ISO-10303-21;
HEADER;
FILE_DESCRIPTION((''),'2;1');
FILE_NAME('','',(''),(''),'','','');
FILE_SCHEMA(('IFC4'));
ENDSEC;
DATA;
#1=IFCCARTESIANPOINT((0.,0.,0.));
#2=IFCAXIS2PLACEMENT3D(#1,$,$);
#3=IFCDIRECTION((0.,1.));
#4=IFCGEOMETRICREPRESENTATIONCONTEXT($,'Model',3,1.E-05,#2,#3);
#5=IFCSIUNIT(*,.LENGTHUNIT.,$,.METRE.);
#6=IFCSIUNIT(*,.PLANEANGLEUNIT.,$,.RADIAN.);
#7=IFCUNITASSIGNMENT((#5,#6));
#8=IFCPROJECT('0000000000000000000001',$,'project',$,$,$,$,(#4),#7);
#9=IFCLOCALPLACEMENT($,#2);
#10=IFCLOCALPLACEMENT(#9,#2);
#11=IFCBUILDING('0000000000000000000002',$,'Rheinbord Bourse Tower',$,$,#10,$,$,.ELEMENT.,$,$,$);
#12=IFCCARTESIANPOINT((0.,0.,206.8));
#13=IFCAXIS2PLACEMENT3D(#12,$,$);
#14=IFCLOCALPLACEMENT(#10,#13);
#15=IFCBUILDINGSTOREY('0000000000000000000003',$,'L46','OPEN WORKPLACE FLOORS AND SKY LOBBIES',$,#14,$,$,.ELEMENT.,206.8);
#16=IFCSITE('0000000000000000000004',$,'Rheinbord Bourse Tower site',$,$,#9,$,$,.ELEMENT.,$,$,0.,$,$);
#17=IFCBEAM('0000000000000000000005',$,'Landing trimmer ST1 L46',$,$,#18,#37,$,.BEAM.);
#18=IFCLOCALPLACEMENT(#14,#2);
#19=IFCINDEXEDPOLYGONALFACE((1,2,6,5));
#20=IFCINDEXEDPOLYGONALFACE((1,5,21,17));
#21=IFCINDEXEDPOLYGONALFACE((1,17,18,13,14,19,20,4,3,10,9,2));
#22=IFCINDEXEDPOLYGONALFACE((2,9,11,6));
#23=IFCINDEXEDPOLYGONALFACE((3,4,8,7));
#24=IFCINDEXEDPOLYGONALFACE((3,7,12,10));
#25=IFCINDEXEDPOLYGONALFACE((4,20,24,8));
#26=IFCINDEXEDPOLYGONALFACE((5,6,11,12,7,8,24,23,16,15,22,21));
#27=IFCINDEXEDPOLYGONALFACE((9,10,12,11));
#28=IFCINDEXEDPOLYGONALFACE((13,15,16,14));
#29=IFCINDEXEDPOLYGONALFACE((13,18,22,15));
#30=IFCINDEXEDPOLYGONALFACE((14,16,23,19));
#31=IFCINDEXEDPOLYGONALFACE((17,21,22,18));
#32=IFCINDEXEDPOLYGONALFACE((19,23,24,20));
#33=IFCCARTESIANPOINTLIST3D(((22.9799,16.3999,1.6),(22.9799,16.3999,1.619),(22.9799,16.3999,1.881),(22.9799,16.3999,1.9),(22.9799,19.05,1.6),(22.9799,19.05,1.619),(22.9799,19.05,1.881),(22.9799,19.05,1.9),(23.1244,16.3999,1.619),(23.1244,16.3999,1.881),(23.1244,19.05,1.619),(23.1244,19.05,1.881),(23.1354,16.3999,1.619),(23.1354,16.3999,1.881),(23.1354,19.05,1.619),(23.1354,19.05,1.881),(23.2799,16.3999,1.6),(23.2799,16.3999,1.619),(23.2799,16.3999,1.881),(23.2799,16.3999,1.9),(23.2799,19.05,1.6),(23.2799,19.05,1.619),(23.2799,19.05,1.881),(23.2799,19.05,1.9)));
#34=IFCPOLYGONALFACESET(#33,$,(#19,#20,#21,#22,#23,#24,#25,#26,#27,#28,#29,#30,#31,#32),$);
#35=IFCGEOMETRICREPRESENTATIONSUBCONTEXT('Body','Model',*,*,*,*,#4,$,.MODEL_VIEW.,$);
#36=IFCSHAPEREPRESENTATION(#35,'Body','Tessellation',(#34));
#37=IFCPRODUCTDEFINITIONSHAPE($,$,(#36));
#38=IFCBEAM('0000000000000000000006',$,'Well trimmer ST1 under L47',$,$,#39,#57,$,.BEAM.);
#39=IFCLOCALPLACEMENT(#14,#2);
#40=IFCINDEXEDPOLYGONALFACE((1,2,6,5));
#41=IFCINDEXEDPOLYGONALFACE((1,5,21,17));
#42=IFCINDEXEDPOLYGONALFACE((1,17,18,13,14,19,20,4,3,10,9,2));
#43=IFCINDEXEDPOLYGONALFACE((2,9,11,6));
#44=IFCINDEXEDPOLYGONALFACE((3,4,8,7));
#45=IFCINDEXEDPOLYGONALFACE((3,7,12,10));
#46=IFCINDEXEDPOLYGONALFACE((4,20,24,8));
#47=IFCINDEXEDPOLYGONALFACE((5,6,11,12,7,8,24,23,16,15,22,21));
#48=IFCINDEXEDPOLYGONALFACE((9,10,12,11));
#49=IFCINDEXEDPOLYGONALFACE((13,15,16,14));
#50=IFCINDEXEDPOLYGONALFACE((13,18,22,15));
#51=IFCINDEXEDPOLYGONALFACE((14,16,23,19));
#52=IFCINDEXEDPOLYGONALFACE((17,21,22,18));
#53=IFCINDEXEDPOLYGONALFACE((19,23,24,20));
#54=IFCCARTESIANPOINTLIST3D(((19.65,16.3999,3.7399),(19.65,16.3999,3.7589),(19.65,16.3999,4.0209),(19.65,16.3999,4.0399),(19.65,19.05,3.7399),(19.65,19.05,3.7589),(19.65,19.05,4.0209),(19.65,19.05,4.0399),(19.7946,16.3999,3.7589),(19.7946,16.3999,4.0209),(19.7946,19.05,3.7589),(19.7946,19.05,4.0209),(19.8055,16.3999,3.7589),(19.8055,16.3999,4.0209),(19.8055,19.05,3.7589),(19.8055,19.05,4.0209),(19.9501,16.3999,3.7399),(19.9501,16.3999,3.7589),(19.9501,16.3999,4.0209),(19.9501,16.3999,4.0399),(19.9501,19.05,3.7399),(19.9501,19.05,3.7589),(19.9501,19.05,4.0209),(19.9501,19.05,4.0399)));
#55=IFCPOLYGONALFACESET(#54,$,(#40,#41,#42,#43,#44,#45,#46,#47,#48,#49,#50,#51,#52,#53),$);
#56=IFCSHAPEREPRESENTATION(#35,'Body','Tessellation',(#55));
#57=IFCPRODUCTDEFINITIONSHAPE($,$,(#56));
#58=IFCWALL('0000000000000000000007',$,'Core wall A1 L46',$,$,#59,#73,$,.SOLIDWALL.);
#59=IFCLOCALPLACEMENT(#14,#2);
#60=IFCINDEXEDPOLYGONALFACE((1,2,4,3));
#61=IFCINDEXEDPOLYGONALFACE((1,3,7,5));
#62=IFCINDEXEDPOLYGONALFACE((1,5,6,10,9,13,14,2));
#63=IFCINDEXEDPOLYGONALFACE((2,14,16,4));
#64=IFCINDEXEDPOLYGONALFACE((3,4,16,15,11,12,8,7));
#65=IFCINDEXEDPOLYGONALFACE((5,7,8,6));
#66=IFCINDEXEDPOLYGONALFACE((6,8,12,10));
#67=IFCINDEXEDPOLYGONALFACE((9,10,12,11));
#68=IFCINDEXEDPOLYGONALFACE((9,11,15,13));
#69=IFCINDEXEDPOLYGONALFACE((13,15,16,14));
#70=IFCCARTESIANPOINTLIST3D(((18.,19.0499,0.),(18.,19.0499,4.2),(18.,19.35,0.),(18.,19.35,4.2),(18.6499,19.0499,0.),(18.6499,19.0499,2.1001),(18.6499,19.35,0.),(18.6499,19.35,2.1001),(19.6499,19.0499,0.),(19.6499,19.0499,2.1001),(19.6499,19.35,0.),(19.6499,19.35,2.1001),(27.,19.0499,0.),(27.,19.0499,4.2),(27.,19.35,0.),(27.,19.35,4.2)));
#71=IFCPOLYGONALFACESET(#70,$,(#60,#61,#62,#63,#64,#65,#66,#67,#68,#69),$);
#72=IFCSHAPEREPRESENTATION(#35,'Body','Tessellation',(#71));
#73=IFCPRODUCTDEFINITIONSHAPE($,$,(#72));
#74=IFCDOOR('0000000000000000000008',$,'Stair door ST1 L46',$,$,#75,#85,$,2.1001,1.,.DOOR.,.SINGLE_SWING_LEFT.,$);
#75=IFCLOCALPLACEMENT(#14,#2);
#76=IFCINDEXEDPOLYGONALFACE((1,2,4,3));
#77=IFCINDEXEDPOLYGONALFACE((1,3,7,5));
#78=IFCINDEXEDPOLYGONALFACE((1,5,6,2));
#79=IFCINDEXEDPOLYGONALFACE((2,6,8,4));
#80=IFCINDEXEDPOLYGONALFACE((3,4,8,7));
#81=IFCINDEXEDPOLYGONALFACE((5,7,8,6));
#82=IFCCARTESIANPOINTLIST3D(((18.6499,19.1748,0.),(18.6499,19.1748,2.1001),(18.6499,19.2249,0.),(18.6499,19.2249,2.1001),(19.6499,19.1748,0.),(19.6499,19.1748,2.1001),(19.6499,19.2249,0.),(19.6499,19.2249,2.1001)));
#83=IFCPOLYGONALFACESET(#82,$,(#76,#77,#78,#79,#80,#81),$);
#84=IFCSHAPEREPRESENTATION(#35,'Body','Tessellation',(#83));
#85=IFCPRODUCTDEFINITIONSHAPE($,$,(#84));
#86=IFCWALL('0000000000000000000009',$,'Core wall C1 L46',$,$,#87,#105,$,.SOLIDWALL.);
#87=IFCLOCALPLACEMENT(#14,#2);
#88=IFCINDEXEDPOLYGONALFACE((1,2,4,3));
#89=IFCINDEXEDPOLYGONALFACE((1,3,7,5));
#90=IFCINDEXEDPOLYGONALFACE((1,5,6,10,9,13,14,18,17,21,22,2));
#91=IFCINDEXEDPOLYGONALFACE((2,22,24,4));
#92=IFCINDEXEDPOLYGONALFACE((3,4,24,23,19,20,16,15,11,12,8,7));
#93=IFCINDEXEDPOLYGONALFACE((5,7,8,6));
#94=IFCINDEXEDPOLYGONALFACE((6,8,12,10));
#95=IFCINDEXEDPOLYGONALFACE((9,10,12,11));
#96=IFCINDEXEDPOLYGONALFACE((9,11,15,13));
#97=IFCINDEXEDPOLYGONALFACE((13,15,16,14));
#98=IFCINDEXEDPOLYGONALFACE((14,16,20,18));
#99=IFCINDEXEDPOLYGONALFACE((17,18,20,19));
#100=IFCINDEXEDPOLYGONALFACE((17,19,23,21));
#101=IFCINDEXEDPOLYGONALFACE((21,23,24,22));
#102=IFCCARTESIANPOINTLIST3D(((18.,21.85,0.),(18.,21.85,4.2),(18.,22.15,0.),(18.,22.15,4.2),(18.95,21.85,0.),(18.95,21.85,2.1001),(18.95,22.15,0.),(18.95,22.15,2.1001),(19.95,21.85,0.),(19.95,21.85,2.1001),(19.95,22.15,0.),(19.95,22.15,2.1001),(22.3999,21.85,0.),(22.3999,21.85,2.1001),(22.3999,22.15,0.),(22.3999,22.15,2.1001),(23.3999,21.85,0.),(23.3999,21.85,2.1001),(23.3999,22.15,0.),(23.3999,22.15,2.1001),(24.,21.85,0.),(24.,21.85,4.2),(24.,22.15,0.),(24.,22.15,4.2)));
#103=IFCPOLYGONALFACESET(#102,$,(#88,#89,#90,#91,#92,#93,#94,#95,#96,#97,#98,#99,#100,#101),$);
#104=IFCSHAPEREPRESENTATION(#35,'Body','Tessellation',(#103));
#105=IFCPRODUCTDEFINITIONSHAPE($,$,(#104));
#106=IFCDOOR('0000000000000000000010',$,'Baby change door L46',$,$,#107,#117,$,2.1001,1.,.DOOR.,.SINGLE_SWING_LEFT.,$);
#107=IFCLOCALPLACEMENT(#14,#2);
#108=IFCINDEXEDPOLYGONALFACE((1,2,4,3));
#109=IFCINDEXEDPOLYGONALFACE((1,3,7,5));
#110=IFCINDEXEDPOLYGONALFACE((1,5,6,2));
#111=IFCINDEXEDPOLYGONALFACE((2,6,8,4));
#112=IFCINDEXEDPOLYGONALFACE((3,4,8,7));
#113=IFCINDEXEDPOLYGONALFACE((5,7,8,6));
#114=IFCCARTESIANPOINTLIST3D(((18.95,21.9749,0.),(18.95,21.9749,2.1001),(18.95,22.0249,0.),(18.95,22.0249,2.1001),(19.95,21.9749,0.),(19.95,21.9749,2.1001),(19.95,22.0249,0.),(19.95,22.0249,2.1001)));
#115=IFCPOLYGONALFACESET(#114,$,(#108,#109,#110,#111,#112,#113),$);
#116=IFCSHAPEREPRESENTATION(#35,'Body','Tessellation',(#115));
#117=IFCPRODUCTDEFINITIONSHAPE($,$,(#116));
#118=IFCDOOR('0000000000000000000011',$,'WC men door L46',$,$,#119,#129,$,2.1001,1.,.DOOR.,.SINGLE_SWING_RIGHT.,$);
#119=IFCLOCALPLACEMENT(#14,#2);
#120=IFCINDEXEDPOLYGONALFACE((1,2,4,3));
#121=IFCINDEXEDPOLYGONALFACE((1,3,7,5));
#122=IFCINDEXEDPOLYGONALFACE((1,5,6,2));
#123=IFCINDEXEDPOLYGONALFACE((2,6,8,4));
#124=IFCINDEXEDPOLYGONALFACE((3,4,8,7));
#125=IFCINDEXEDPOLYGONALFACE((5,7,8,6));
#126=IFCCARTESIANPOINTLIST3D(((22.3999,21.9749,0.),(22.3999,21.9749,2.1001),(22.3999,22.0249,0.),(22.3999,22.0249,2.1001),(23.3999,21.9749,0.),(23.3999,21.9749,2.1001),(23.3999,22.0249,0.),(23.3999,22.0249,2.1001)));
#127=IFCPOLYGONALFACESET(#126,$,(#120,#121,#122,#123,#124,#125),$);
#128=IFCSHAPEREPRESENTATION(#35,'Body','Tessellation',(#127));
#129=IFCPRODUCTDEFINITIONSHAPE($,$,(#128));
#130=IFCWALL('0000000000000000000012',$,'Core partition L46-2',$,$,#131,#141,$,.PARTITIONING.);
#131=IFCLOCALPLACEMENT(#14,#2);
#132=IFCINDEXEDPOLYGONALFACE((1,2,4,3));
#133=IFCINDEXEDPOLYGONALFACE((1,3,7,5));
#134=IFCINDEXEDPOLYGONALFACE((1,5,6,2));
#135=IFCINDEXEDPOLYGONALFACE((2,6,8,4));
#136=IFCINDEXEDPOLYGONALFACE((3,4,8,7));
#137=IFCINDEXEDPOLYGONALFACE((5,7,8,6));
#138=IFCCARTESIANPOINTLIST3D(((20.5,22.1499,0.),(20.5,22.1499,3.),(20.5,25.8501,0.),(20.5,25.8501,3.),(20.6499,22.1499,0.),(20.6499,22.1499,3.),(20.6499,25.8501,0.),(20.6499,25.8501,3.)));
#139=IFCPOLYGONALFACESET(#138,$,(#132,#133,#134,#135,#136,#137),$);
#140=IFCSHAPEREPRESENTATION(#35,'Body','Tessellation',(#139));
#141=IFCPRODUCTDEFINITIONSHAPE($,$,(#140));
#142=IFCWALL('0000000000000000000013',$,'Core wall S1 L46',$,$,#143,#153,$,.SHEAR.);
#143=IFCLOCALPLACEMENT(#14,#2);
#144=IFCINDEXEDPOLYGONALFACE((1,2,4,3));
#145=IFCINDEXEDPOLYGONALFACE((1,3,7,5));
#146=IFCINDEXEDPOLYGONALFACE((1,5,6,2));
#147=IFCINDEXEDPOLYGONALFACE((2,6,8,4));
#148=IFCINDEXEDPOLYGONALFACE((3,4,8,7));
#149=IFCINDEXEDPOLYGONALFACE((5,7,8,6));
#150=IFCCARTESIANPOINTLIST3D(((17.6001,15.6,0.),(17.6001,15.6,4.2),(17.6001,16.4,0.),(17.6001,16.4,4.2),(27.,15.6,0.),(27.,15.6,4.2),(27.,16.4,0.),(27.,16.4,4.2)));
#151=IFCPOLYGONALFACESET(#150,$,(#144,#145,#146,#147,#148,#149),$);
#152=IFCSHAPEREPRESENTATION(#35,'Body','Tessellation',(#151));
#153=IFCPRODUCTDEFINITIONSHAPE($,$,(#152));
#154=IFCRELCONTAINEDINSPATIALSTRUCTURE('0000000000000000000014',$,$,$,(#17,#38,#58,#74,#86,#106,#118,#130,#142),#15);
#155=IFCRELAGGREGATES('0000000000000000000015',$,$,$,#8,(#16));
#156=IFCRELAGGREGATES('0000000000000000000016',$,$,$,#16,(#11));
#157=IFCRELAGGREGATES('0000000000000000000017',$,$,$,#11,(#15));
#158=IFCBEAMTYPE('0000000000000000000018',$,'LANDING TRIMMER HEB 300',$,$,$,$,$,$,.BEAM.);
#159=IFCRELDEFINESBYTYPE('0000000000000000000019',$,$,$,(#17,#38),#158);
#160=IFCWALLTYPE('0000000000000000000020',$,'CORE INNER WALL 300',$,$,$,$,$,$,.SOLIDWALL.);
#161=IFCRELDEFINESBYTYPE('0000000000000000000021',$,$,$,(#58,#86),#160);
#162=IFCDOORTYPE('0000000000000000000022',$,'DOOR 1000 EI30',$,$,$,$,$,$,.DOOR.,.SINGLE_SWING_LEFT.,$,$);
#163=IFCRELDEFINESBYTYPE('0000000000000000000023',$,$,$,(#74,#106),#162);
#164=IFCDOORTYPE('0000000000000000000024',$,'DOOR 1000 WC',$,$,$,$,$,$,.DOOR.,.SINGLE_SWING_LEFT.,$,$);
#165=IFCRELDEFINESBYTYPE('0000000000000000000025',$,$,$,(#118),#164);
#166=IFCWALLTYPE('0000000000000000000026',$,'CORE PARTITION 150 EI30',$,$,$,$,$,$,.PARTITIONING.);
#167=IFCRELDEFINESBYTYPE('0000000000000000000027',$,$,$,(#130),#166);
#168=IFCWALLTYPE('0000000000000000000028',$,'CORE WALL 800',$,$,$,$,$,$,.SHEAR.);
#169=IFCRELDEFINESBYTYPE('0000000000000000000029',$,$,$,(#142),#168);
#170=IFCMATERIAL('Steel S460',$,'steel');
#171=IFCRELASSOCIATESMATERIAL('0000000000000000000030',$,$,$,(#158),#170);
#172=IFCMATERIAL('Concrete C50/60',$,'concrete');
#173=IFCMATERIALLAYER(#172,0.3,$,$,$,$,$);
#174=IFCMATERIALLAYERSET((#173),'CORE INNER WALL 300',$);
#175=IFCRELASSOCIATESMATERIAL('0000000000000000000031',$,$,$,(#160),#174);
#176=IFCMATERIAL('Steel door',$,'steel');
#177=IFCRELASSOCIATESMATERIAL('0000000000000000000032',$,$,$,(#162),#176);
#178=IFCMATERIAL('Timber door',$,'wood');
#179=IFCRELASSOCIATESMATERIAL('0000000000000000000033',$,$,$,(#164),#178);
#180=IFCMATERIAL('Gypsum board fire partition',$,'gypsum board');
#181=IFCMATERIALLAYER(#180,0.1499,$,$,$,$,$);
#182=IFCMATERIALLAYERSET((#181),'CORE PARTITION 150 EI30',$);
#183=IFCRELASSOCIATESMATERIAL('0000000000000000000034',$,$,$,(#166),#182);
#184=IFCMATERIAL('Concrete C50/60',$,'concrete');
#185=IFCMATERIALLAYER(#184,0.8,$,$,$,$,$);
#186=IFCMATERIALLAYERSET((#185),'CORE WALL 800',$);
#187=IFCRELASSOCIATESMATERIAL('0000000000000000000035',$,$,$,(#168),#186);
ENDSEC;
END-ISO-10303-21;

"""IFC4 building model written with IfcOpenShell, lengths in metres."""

from ifc_helpers import new_model, si_unit, direction, frame, frame_2d, origin, origin_2d, place, context, subcontext, project, spatial, rectangle, i_section, extrude, material, layer, layer_set, material_profile, profile_set, type_object, element, fill, save


model = new_model("IFC4")

# Units and contexts
model_context = context("Model", 3, precision=1e-05, world=origin(), true_north=direction((0.0, 1.0)))
body_context = subcontext(model_context, "Body", "Model", "MODEL_VIEW")
ifc_project = project(units=[si_unit("LENGTHUNIT", "METRE"), si_unit("PLANEANGLEUNIT", "RADIAN")], contexts=[model_context])

# Site, building, storey
site_placement = place(None, origin())
site = spatial("IfcSite", under=ifc_project, at=site_placement, Name="Rheinbord Bourse Tower site", CompositionType="ELEMENT", RefElevation=0.0)
building_placement = place(site_placement, origin())
building = spatial("IfcBuilding", under=site, at=building_placement, Name="Rheinbord Bourse Tower", CompositionType="ELEMENT")
storey_placement = place(building_placement, frame((0.0, 0.0, 206.8)))
storey = spatial("IfcBuildingStorey", under=building, at=storey_placement, Name="L46", Description="OPEN WORKPLACE FLOORS AND SKY LOBBIES", CompositionType="ELEMENT", Elevation=206.8)

# Beams
ifc_material_1 = material(Name="Steel S460", Category="steel")
ifc_material_profile = material_profile(ifc_material_1, i_section(OverallWidth=0.3, OverallDepth=0.3, WebThickness=0.011, FlangeThickness=0.019, at=origin_2d()), Name="HEB 300")
ifc_profile_set = profile_set([ifc_material_profile], Name="Steel S460")
beam_type = type_object("IfcBeamType", Name="LANDING TRIMMER HEB 300", PredefinedType="BEAM", material=ifc_profile_set)
for number, where, z_axis, x_axis, name in (
    (1, (23.1299, 16.3999, 1.75), (0.0, 1.0, 0.0), (-1.0, 0.0, 0.0), "Landing trimmer ST1 L46"),
    (2, (19.8, 16.3999, 3.8899), (0.0, 1.0, 0.0), (-1.0, 0.0, 0.0), "Well trimmer ST1 under L47"),
):
    element("IfcBeam", number, at=place(storey_placement, frame(where, z_axis=z_axis, x_axis=x_axis)), inside=storey, type_object=beam_type, Name=name, PredefinedType="BEAM", context=body_context, shape_type="SweptSolid", body=[
        extrude(i_section(OverallWidth=0.3, OverallDepth=0.3, WebThickness=0.011, FlangeThickness=0.019, at=origin_2d()), origin(), (0.0, 0.0, 1.0), 2.6501),
    ])

# Wall, opening, door
ifc_material_2 = material(Name="Concrete C50/60", Category="concrete")
ifc_layer_1 = layer(ifc_material_2, 0.3)
ifc_layer_set_1 = layer_set([ifc_layer_1], Name="CORE INNER WALL 300")
wall_type_1 = type_object("IfcWallType", Name="CORE INNER WALL 300", PredefinedType="SOLIDWALL", material=ifc_layer_set_1)
wall_1_placement = place(storey_placement, frame((18.0, 19.2, 0.0), z_axis=(0.0, 0.0, 1.0), x_axis=(1.0, 0.0, 0.0)))
wall_1 = element("IfcWall", 3, at=wall_1_placement, inside=storey, type_object=wall_type_1, Name="Core wall A1 L46", PredefinedType="SOLIDWALL", context=body_context, shape_type="SweptSolid", body=[
    extrude(rectangle(XDim=9.0, YDim=0.3, at=frame_2d((4.5, 0.0))), origin(), (0.0, 0.0, 1.0), 4.2),
])
opening_1_placement = place(wall_1_placement, frame((0.6499, 0.0, 0.0)))
opening_1 = element("IfcOpeningElement", 4, at=opening_1_placement, cuts=wall_1, PredefinedType="OPENING", context=body_context, shape_type="SweptSolid", body=[
    extrude(rectangle(XDim=1.0, YDim=2.1001, at=frame_2d((0.5, 1.05))), frame((0.0, 0.1599, 0.0), z_axis=(0.0, -1.0, 0.0), x_axis=(1.0, 0.0, 0.0)), (0.0, 0.0, 1.0), 0.3201),
])
ifc_material_3 = material(Name="Steel door", Category="steel")
door_type_1 = type_object("IfcDoorType", Name="DOOR 1000 EI30", OperationType="SINGLE_SWING_LEFT", PredefinedType="DOOR", material=ifc_material_3)
door_1_placement = place(opening_1_placement, origin())
door_1 = element("IfcDoor", 5, at=door_1_placement, inside=storey, type_object=door_type_1, Name="Stair door ST1 L46", OperationType="SINGLE_SWING_LEFT", OverallHeight=2.1001, OverallWidth=1.0, PredefinedType="DOOR", context=body_context, shape_type="SweptSolid", body=[
    extrude(rectangle(XDim=1.0, YDim=2.1001, at=frame_2d((0.5, 1.05))), frame((0.0, 0.0249, 0.0), z_axis=(0.0, -1.0, 0.0), x_axis=(1.0, 0.0, 0.0)), (0.0, 0.0, 1.0), 0.05),
])
fill(opening_1, door_1)

# Wall, openings, doors
wall_2_placement = place(storey_placement, frame((18.0, 22.0, 0.0), z_axis=(0.0, 0.0, 1.0), x_axis=(1.0, 0.0, 0.0)))
wall_2 = element("IfcWall", 6, at=wall_2_placement, inside=storey, type_object=wall_type_1, Name="Core wall C1 L46", PredefinedType="SOLIDWALL", context=body_context, shape_type="SweptSolid", body=[
    extrude(rectangle(XDim=6.0, YDim=0.3, at=frame_2d((3.0, 0.0))), origin(), (0.0, 0.0, 1.0), 4.2),
])
opening_2_placement = place(wall_2_placement, frame((4.3999, 0.0, 0.0)))
opening_2 = element("IfcOpeningElement", 7, at=opening_2_placement, cuts=wall_2, PredefinedType="OPENING", context=body_context, shape_type="SweptSolid", body=[
    extrude(rectangle(XDim=1.0, YDim=2.1001, at=frame_2d((0.5, 1.05))), frame((0.0, 0.1599, 0.0), z_axis=(0.0, -1.0, 0.0), x_axis=(1.0, 0.0, 0.0)), (0.0, 0.0, 1.0), 0.3201),
])
opening_3_placement = place(wall_2_placement, frame((0.95, 0.0, 0.0)))
opening_3 = element("IfcOpeningElement", 8, at=opening_3_placement, cuts=wall_2, PredefinedType="OPENING", context=body_context, shape_type="SweptSolid", body=[
    extrude(rectangle(XDim=1.0, YDim=2.1001, at=frame_2d((0.5, 1.05))), frame((0.0, 0.1599, 0.0), z_axis=(0.0, -1.0, 0.0), x_axis=(1.0, 0.0, 0.0)), (0.0, 0.0, 1.0), 0.3201),
])
door_2_placement = place(opening_3_placement, origin())
door_2 = element("IfcDoor", 9, at=door_2_placement, inside=storey, type_object=door_type_1, Name="Baby change door L46", OperationType="SINGLE_SWING_LEFT", OverallHeight=2.1001, OverallWidth=1.0, PredefinedType="DOOR", context=body_context, shape_type="SweptSolid", body=[
    extrude(rectangle(XDim=1.0, YDim=2.1001, at=frame_2d((0.5, 1.05))), frame((0.0, 0.0249, 0.0), z_axis=(0.0, -1.0, 0.0), x_axis=(1.0, 0.0, 0.0)), (0.0, 0.0, 1.0), 0.05),
])
fill(opening_3, door_2)
ifc_material_4 = material(Name="Timber door", Category="wood")
door_type_2 = type_object("IfcDoorType", Name="DOOR 1000 WC", OperationType="SINGLE_SWING_LEFT", PredefinedType="DOOR", material=ifc_material_4)
door_3_placement = place(opening_2_placement, origin())
door_3 = element("IfcDoor", 10, at=door_3_placement, inside=storey, type_object=door_type_2, Name="WC men door L46", OperationType="SINGLE_SWING_RIGHT", OverallHeight=2.1001, OverallWidth=1.0, PredefinedType="DOOR", context=body_context, shape_type="SweptSolid", body=[
    extrude(rectangle(XDim=1.0, YDim=2.1001, at=frame_2d((0.5, 1.05))), frame((0.0, 0.0249, 0.0), z_axis=(0.0, -1.0, 0.0), x_axis=(1.0, 0.0, 0.0)), (0.0, 0.0, 1.0), 0.05),
])
fill(opening_2, door_3)

# Walls
ifc_material_5 = material(Name="Gypsum board fire partition", Category="gypsum board")
ifc_layer_2 = layer(ifc_material_5, 0.1499)
ifc_layer_set_2 = layer_set([ifc_layer_2], Name="CORE PARTITION 150 EI30")
wall_type_2 = type_object("IfcWallType", Name="CORE PARTITION 150 EI30", PredefinedType="PARTITIONING", material=ifc_layer_set_2)
wall_3_placement = place(storey_placement, frame((20.575, 22.1499, 0.0), z_axis=(0.0, 0.0, 1.0), x_axis=(0.0, 1.0, 0.0)))
element("IfcWall", 11, at=wall_3_placement, inside=storey, type_object=wall_type_2, Name="Core partition L46-2", PredefinedType="PARTITIONING", context=body_context, shape_type="SweptSolid", body=[
    extrude(rectangle(XDim=3.7002, YDim=0.1499, at=frame_2d((1.8501, 0.0))), origin(), (0.0, 0.0, 1.0), 3.0),
])
ifc_material_6 = material(Name="Concrete C50/60", Category="concrete")
ifc_layer_3 = layer(ifc_material_6, 0.8)
ifc_layer_set_3 = layer_set([ifc_layer_3], Name="CORE WALL 800")
wall_type_3 = type_object("IfcWallType", Name="CORE WALL 800", PredefinedType="SHEAR", material=ifc_layer_set_3)
wall_4_placement = place(storey_placement, frame((17.6001, 16.0, 0.0), z_axis=(0.0, 0.0, 1.0), x_axis=(1.0, 0.0, 0.0)))
element("IfcWall", 12, at=wall_4_placement, inside=storey, type_object=wall_type_3, Name="Core wall S1 L46", PredefinedType="SHEAR", context=body_context, shape_type="SweptSolid", body=[
    extrude(rectangle(XDim=9.3999, YDim=0.8, at=frame_2d((4.7, 0.0))), origin(), (0.0, 0.0, 1.0), 4.2),
])

save(model, "model.ifc")
